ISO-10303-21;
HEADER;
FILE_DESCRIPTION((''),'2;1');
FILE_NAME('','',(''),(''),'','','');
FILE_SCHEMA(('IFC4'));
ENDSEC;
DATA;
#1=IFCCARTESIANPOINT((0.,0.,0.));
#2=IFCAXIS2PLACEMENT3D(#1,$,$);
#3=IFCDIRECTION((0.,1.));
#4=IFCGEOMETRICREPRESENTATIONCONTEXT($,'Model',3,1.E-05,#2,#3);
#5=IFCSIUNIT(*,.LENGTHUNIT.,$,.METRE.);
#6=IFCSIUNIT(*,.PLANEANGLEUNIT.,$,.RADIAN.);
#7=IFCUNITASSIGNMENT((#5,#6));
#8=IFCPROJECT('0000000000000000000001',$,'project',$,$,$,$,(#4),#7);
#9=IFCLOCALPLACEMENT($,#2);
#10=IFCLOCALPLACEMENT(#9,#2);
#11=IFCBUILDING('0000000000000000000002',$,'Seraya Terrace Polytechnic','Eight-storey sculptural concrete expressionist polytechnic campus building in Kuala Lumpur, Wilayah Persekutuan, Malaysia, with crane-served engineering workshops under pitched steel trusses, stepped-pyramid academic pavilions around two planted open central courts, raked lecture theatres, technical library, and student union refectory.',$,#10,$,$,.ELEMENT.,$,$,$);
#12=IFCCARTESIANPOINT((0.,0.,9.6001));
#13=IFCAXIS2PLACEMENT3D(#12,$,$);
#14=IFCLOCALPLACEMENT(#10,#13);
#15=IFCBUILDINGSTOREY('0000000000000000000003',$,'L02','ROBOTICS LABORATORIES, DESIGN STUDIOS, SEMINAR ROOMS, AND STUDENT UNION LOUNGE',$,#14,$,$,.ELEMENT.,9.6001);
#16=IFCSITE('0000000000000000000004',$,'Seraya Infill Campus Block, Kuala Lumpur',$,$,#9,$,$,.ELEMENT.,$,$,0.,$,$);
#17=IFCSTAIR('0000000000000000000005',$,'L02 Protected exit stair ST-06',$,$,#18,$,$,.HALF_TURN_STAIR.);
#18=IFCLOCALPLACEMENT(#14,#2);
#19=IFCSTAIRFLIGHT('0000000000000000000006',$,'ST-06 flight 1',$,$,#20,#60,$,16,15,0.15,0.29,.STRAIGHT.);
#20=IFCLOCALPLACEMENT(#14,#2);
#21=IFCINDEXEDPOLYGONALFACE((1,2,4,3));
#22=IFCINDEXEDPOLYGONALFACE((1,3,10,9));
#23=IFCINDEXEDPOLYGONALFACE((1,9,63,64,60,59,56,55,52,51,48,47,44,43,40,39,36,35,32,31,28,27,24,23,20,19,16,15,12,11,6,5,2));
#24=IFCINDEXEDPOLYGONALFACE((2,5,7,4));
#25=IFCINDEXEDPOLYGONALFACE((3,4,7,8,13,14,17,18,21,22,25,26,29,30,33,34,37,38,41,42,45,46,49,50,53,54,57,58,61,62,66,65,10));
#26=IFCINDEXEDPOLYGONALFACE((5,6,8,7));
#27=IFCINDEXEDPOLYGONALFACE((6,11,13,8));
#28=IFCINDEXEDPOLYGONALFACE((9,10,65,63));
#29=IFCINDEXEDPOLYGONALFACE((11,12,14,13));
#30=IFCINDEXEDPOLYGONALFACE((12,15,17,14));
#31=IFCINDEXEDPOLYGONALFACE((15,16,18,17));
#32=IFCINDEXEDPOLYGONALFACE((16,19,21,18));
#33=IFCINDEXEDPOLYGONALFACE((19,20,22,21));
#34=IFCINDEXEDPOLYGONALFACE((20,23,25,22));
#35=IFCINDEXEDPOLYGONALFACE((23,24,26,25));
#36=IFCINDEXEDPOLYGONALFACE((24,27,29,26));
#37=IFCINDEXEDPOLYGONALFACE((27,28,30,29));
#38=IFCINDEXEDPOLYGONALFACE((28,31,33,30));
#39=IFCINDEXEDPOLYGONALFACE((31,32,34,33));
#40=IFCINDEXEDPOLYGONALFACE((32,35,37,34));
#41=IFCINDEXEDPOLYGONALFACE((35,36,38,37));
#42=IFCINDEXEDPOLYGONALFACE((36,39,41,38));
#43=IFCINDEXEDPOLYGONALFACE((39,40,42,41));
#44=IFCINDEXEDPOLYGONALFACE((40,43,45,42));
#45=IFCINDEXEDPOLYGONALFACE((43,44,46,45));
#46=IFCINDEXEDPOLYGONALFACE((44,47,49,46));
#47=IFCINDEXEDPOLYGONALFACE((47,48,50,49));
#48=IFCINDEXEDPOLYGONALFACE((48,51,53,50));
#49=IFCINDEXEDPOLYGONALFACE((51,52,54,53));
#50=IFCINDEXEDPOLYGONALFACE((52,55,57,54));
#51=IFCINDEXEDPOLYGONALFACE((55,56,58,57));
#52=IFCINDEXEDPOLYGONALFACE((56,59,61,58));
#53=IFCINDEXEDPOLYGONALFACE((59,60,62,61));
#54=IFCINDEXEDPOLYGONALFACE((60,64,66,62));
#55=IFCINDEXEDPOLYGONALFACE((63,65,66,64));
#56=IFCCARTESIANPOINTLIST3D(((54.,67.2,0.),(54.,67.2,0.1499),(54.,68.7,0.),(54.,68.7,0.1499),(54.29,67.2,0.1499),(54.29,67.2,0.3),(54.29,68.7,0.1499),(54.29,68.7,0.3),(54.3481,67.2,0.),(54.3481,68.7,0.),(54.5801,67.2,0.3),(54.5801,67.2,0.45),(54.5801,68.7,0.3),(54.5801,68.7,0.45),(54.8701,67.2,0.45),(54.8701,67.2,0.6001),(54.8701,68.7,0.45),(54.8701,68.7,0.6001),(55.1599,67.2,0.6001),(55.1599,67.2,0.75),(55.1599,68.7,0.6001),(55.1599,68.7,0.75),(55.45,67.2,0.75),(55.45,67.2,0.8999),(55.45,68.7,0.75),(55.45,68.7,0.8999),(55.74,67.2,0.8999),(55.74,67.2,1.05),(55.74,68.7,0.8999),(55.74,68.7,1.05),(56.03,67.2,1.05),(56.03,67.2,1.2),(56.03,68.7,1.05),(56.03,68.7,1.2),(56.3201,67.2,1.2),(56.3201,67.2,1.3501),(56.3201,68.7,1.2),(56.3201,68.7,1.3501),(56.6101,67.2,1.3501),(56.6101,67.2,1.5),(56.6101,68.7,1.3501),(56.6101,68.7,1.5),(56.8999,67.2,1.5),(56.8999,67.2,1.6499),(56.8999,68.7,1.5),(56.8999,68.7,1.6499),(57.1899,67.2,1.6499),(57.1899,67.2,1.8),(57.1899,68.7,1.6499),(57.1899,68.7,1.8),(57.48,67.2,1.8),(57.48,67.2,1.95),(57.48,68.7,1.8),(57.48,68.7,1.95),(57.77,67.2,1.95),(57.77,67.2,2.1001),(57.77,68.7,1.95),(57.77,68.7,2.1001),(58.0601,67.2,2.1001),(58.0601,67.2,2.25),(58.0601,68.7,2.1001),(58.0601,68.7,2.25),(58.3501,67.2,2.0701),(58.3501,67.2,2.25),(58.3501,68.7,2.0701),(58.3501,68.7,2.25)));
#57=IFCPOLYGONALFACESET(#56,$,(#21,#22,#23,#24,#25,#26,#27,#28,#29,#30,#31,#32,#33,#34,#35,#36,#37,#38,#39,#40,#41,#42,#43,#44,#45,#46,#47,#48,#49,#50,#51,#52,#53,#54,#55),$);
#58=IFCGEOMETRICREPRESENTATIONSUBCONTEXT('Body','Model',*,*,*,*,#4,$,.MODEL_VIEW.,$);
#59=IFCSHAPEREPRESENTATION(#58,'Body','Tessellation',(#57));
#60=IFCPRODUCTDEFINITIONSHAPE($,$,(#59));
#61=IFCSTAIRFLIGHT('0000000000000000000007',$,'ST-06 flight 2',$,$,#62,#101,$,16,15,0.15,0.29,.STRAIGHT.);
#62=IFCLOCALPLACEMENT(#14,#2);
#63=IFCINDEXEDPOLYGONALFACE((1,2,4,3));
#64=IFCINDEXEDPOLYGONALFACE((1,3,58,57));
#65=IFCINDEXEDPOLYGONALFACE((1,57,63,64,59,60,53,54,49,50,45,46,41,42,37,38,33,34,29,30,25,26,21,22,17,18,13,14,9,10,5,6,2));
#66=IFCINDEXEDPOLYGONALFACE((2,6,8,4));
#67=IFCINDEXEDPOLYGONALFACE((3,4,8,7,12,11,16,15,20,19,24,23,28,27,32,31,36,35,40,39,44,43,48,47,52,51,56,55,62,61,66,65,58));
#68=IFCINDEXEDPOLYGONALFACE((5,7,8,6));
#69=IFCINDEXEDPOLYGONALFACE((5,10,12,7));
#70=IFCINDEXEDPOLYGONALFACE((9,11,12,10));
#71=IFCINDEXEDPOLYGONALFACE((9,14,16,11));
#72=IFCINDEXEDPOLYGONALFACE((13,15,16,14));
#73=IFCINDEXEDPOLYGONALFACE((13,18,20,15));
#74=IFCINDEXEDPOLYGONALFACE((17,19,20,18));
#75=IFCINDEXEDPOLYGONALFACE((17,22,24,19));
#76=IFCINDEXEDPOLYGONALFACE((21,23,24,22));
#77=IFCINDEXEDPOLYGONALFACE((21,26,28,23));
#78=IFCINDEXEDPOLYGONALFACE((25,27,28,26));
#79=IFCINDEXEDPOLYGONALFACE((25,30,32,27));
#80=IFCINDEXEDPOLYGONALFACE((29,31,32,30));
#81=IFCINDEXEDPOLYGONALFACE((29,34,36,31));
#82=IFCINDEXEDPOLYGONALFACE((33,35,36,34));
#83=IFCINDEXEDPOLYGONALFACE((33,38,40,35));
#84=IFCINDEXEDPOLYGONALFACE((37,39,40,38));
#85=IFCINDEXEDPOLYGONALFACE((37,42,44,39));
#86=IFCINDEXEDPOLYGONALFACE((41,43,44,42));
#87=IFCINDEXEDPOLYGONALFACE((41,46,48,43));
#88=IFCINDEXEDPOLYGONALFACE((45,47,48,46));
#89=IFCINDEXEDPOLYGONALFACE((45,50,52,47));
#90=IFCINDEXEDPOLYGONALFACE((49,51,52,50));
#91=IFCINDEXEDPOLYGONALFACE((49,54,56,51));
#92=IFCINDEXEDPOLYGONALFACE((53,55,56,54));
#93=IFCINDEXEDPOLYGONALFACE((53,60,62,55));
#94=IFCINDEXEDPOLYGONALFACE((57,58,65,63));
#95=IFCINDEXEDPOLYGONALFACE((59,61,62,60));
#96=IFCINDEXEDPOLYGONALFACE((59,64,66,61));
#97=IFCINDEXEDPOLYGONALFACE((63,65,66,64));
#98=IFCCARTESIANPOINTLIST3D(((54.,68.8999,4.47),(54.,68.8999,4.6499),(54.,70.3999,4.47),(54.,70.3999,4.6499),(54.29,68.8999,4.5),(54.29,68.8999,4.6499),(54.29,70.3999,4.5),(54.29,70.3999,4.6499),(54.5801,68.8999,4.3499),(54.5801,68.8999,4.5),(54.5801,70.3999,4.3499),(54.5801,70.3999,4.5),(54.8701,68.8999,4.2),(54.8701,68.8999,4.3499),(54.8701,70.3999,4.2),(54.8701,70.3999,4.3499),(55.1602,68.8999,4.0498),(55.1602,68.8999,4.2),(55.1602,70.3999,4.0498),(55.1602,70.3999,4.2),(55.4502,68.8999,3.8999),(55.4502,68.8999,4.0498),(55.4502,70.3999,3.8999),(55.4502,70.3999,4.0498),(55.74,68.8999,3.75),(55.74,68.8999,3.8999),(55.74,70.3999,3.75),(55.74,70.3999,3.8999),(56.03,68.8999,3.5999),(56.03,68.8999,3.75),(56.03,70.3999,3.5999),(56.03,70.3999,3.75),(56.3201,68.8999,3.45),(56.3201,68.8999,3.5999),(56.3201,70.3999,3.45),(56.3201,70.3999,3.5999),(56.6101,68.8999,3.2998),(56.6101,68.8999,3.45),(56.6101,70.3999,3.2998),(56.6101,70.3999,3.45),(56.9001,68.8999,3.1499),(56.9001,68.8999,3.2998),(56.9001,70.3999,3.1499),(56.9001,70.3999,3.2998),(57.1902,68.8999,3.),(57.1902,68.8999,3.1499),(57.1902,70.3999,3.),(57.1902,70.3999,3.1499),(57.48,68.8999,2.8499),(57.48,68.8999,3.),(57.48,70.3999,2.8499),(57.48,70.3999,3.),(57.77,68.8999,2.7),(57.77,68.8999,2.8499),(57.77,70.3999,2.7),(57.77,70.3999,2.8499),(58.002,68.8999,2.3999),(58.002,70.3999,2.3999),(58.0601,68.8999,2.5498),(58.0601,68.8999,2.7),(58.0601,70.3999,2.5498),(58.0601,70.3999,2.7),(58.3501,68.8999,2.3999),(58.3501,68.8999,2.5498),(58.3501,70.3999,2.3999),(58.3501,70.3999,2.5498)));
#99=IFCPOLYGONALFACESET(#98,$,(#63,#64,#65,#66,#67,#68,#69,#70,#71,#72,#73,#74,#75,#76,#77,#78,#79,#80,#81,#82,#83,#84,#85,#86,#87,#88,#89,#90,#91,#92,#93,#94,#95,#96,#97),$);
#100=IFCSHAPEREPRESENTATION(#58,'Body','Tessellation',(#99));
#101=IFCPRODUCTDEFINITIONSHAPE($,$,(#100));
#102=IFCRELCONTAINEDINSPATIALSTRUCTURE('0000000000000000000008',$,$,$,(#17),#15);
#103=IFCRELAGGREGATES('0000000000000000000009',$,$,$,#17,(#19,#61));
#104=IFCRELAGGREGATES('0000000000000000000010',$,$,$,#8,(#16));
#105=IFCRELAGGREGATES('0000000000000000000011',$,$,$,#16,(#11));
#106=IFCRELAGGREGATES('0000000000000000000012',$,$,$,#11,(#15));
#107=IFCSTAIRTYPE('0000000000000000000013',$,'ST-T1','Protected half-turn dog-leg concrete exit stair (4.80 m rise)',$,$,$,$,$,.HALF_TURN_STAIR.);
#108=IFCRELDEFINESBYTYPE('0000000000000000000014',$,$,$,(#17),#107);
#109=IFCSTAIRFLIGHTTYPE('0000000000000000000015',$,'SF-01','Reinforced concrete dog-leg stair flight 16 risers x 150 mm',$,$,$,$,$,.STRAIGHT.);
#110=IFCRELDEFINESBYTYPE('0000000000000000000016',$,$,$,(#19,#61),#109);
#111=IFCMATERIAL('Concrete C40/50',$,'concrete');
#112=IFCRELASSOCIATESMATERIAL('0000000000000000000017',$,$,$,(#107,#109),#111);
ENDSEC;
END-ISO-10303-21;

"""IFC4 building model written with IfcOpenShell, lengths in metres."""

from ifc_helpers import new_model, si_unit, direction, frame, origin, place, context, subcontext, project, spatial, polyline, outline, extrude, material, type_object, element, aggregate, save


model = new_model("IFC4")

# Units and contexts
model_context = context("Model", 3, precision=1e-05, world=origin(), true_north=direction((0.0, 1.0)))
body_context = subcontext(model_context, "Body", "Model", "MODEL_VIEW")
ifc_project = project(units=[si_unit("LENGTHUNIT", "METRE"), si_unit("PLANEANGLEUNIT", "RADIAN")], contexts=[model_context])

# Site, building, storey
site_placement = place(None, origin())
site = spatial("IfcSite", under=ifc_project, at=site_placement, Name="Seraya Infill Campus Block, Kuala Lumpur", CompositionType="ELEMENT", RefElevation=0.0)
building_placement = place(site_placement, origin())
building = spatial("IfcBuilding", under=site, at=building_placement, Name="Seraya Terrace Polytechnic", Description="Eight-storey sculptural concrete expressionist polytechnic campus building in Kuala Lumpur, Wilayah Persekutuan, Malaysia, with crane-served engineering workshops under pitched steel trusses, stepped-pyramid academic pavilions around two planted open central courts, raked lecture theatres, technical library, and student union refectory.", CompositionType="ELEMENT")
storey_placement = place(building_placement, frame((0.0, 0.0, 9.6001)))
storey = spatial("IfcBuildingStorey", under=building, at=storey_placement, Name="L02", Description="ROBOTICS LABORATORIES, DESIGN STUDIOS, SEMINAR ROOMS, AND STUDENT UNION LOUNGE", CompositionType="ELEMENT", Elevation=9.6001)

# Shared definitions
ifc_material_1 = material(Name="Concrete C40/50", Category="concrete")

# Stair, stair flights
stair_type = type_object("IfcStairType", Name="ST-T1", Description="Protected half-turn dog-leg concrete exit stair (4.80 m rise)", PredefinedType="HALF_TURN_STAIR", material=ifc_material_1)
stair_placement = place(storey_placement, origin())
stair = element("IfcStair", 1, at=stair_placement, inside=storey, type_object=stair_type, Name="L02 Protected exit stair ST-06", PredefinedType="HALF_TURN_STAIR")
stair_flight_type = type_object("IfcStairFlightType", Name="SF-01", Description="Reinforced concrete dog-leg stair flight 16 risers x 150 mm", PredefinedType="STRAIGHT", material=ifc_material_1)
stair_flight_1_placement = place(storey_placement, frame((54.0, 67.95, 0.0), z_axis=(0.0, 0.0, 1.0), x_axis=(1.0, 0.0, 0.0)))
stair_flight_1 = element("IfcStairFlight", 2, at=stair_flight_1_placement, type_object=stair_flight_type, Name="ST-06 flight 1", NumberOfRisers=16, NumberOfTreads=15, PredefinedType="STRAIGHT", RiserHeight=0.15, TreadLength=0.29, context=body_context, shape_type="SweptSolid", body=[
    extrude(outline(polyline([(0.0, 0.0), (0.0, 0.1499), (0.29, 0.1499), (0.29, 0.3), (0.5801, 0.3), (0.5801, 0.45), (0.8701, 0.45), (0.8701, 0.6001), (1.1599, 0.6001), (1.1599, 0.75), (1.45, 0.75), (1.45, 0.8999), (1.74, 0.8999), (1.74, 1.05), (2.03, 1.05), (2.03, 1.2), (2.3201, 1.2), (2.3201, 1.3501), (2.6101, 1.3501), (2.6101, 1.5), (2.8999, 1.5), (2.8999, 1.6499), (3.1899, 1.6499), (3.1899, 1.8), (3.48, 1.8), (3.48, 1.95), (3.77, 1.95), (3.77, 2.1001), (4.0601, 2.1001), (4.0601, 2.25), (4.3501, 2.25), (4.3501, 2.3999), (4.3501, 2.0701), (0.3481, 0.0), (0.0, 0.0)])), frame((0.0, 0.75, 0.0), z_axis=(0.0, -1.0, 0.0), x_axis=(1.0, 0.0, 0.0)), (0.0, 0.0, 1.0), 1.5),
])
stair_flight_2_placement = place(storey_placement, frame((58.3501, 69.6499, 2.3999), z_axis=(0.0, 0.0, 1.0), x_axis=(-1.0, 0.0, 0.0)))
stair_flight_2 = element("IfcStairFlight", 3, at=stair_flight_2_placement, type_object=stair_flight_type, Name="ST-06 flight 2", NumberOfRisers=16, NumberOfTreads=15, PredefinedType="STRAIGHT", RiserHeight=0.15, TreadLength=0.29, context=body_context, shape_type="SweptSolid", body=[
    extrude(outline(polyline([(0.0, 0.0), (0.0, 0.1499), (0.29, 0.1499), (0.29, 0.3), (0.5801, 0.3), (0.5801, 0.45), (0.8701, 0.45), (0.8701, 0.6001), (1.1599, 0.6001), (1.1599, 0.75), (1.45, 0.75), (1.45, 0.8999), (1.74, 0.8999), (1.74, 1.05), (2.03, 1.05), (2.03, 1.2), (2.3201, 1.2), (2.3201, 1.3501), (2.6101, 1.3501), (2.6101, 1.5), (2.8999, 1.5), (2.8999, 1.6499), (3.1899, 1.6499), (3.1899, 1.8), (3.48, 1.8), (3.48, 1.95), (3.77, 1.95), (3.77, 2.1001), (4.0601, 2.1001), (4.0601, 2.25), (4.3501, 2.25), (4.3501, 2.3999), (4.3501, 2.0701), (0.3481, 0.0), (0.0, 0.0)])), frame((0.0, 0.75, 0.0), z_axis=(0.0, -1.0, 0.0), x_axis=(1.0, 0.0, 0.0)), (0.0, 0.0, 1.0), 1.5),
])
aggregate(stair, [stair_flight_1, stair_flight_2])

save(model, "model.ifc")
